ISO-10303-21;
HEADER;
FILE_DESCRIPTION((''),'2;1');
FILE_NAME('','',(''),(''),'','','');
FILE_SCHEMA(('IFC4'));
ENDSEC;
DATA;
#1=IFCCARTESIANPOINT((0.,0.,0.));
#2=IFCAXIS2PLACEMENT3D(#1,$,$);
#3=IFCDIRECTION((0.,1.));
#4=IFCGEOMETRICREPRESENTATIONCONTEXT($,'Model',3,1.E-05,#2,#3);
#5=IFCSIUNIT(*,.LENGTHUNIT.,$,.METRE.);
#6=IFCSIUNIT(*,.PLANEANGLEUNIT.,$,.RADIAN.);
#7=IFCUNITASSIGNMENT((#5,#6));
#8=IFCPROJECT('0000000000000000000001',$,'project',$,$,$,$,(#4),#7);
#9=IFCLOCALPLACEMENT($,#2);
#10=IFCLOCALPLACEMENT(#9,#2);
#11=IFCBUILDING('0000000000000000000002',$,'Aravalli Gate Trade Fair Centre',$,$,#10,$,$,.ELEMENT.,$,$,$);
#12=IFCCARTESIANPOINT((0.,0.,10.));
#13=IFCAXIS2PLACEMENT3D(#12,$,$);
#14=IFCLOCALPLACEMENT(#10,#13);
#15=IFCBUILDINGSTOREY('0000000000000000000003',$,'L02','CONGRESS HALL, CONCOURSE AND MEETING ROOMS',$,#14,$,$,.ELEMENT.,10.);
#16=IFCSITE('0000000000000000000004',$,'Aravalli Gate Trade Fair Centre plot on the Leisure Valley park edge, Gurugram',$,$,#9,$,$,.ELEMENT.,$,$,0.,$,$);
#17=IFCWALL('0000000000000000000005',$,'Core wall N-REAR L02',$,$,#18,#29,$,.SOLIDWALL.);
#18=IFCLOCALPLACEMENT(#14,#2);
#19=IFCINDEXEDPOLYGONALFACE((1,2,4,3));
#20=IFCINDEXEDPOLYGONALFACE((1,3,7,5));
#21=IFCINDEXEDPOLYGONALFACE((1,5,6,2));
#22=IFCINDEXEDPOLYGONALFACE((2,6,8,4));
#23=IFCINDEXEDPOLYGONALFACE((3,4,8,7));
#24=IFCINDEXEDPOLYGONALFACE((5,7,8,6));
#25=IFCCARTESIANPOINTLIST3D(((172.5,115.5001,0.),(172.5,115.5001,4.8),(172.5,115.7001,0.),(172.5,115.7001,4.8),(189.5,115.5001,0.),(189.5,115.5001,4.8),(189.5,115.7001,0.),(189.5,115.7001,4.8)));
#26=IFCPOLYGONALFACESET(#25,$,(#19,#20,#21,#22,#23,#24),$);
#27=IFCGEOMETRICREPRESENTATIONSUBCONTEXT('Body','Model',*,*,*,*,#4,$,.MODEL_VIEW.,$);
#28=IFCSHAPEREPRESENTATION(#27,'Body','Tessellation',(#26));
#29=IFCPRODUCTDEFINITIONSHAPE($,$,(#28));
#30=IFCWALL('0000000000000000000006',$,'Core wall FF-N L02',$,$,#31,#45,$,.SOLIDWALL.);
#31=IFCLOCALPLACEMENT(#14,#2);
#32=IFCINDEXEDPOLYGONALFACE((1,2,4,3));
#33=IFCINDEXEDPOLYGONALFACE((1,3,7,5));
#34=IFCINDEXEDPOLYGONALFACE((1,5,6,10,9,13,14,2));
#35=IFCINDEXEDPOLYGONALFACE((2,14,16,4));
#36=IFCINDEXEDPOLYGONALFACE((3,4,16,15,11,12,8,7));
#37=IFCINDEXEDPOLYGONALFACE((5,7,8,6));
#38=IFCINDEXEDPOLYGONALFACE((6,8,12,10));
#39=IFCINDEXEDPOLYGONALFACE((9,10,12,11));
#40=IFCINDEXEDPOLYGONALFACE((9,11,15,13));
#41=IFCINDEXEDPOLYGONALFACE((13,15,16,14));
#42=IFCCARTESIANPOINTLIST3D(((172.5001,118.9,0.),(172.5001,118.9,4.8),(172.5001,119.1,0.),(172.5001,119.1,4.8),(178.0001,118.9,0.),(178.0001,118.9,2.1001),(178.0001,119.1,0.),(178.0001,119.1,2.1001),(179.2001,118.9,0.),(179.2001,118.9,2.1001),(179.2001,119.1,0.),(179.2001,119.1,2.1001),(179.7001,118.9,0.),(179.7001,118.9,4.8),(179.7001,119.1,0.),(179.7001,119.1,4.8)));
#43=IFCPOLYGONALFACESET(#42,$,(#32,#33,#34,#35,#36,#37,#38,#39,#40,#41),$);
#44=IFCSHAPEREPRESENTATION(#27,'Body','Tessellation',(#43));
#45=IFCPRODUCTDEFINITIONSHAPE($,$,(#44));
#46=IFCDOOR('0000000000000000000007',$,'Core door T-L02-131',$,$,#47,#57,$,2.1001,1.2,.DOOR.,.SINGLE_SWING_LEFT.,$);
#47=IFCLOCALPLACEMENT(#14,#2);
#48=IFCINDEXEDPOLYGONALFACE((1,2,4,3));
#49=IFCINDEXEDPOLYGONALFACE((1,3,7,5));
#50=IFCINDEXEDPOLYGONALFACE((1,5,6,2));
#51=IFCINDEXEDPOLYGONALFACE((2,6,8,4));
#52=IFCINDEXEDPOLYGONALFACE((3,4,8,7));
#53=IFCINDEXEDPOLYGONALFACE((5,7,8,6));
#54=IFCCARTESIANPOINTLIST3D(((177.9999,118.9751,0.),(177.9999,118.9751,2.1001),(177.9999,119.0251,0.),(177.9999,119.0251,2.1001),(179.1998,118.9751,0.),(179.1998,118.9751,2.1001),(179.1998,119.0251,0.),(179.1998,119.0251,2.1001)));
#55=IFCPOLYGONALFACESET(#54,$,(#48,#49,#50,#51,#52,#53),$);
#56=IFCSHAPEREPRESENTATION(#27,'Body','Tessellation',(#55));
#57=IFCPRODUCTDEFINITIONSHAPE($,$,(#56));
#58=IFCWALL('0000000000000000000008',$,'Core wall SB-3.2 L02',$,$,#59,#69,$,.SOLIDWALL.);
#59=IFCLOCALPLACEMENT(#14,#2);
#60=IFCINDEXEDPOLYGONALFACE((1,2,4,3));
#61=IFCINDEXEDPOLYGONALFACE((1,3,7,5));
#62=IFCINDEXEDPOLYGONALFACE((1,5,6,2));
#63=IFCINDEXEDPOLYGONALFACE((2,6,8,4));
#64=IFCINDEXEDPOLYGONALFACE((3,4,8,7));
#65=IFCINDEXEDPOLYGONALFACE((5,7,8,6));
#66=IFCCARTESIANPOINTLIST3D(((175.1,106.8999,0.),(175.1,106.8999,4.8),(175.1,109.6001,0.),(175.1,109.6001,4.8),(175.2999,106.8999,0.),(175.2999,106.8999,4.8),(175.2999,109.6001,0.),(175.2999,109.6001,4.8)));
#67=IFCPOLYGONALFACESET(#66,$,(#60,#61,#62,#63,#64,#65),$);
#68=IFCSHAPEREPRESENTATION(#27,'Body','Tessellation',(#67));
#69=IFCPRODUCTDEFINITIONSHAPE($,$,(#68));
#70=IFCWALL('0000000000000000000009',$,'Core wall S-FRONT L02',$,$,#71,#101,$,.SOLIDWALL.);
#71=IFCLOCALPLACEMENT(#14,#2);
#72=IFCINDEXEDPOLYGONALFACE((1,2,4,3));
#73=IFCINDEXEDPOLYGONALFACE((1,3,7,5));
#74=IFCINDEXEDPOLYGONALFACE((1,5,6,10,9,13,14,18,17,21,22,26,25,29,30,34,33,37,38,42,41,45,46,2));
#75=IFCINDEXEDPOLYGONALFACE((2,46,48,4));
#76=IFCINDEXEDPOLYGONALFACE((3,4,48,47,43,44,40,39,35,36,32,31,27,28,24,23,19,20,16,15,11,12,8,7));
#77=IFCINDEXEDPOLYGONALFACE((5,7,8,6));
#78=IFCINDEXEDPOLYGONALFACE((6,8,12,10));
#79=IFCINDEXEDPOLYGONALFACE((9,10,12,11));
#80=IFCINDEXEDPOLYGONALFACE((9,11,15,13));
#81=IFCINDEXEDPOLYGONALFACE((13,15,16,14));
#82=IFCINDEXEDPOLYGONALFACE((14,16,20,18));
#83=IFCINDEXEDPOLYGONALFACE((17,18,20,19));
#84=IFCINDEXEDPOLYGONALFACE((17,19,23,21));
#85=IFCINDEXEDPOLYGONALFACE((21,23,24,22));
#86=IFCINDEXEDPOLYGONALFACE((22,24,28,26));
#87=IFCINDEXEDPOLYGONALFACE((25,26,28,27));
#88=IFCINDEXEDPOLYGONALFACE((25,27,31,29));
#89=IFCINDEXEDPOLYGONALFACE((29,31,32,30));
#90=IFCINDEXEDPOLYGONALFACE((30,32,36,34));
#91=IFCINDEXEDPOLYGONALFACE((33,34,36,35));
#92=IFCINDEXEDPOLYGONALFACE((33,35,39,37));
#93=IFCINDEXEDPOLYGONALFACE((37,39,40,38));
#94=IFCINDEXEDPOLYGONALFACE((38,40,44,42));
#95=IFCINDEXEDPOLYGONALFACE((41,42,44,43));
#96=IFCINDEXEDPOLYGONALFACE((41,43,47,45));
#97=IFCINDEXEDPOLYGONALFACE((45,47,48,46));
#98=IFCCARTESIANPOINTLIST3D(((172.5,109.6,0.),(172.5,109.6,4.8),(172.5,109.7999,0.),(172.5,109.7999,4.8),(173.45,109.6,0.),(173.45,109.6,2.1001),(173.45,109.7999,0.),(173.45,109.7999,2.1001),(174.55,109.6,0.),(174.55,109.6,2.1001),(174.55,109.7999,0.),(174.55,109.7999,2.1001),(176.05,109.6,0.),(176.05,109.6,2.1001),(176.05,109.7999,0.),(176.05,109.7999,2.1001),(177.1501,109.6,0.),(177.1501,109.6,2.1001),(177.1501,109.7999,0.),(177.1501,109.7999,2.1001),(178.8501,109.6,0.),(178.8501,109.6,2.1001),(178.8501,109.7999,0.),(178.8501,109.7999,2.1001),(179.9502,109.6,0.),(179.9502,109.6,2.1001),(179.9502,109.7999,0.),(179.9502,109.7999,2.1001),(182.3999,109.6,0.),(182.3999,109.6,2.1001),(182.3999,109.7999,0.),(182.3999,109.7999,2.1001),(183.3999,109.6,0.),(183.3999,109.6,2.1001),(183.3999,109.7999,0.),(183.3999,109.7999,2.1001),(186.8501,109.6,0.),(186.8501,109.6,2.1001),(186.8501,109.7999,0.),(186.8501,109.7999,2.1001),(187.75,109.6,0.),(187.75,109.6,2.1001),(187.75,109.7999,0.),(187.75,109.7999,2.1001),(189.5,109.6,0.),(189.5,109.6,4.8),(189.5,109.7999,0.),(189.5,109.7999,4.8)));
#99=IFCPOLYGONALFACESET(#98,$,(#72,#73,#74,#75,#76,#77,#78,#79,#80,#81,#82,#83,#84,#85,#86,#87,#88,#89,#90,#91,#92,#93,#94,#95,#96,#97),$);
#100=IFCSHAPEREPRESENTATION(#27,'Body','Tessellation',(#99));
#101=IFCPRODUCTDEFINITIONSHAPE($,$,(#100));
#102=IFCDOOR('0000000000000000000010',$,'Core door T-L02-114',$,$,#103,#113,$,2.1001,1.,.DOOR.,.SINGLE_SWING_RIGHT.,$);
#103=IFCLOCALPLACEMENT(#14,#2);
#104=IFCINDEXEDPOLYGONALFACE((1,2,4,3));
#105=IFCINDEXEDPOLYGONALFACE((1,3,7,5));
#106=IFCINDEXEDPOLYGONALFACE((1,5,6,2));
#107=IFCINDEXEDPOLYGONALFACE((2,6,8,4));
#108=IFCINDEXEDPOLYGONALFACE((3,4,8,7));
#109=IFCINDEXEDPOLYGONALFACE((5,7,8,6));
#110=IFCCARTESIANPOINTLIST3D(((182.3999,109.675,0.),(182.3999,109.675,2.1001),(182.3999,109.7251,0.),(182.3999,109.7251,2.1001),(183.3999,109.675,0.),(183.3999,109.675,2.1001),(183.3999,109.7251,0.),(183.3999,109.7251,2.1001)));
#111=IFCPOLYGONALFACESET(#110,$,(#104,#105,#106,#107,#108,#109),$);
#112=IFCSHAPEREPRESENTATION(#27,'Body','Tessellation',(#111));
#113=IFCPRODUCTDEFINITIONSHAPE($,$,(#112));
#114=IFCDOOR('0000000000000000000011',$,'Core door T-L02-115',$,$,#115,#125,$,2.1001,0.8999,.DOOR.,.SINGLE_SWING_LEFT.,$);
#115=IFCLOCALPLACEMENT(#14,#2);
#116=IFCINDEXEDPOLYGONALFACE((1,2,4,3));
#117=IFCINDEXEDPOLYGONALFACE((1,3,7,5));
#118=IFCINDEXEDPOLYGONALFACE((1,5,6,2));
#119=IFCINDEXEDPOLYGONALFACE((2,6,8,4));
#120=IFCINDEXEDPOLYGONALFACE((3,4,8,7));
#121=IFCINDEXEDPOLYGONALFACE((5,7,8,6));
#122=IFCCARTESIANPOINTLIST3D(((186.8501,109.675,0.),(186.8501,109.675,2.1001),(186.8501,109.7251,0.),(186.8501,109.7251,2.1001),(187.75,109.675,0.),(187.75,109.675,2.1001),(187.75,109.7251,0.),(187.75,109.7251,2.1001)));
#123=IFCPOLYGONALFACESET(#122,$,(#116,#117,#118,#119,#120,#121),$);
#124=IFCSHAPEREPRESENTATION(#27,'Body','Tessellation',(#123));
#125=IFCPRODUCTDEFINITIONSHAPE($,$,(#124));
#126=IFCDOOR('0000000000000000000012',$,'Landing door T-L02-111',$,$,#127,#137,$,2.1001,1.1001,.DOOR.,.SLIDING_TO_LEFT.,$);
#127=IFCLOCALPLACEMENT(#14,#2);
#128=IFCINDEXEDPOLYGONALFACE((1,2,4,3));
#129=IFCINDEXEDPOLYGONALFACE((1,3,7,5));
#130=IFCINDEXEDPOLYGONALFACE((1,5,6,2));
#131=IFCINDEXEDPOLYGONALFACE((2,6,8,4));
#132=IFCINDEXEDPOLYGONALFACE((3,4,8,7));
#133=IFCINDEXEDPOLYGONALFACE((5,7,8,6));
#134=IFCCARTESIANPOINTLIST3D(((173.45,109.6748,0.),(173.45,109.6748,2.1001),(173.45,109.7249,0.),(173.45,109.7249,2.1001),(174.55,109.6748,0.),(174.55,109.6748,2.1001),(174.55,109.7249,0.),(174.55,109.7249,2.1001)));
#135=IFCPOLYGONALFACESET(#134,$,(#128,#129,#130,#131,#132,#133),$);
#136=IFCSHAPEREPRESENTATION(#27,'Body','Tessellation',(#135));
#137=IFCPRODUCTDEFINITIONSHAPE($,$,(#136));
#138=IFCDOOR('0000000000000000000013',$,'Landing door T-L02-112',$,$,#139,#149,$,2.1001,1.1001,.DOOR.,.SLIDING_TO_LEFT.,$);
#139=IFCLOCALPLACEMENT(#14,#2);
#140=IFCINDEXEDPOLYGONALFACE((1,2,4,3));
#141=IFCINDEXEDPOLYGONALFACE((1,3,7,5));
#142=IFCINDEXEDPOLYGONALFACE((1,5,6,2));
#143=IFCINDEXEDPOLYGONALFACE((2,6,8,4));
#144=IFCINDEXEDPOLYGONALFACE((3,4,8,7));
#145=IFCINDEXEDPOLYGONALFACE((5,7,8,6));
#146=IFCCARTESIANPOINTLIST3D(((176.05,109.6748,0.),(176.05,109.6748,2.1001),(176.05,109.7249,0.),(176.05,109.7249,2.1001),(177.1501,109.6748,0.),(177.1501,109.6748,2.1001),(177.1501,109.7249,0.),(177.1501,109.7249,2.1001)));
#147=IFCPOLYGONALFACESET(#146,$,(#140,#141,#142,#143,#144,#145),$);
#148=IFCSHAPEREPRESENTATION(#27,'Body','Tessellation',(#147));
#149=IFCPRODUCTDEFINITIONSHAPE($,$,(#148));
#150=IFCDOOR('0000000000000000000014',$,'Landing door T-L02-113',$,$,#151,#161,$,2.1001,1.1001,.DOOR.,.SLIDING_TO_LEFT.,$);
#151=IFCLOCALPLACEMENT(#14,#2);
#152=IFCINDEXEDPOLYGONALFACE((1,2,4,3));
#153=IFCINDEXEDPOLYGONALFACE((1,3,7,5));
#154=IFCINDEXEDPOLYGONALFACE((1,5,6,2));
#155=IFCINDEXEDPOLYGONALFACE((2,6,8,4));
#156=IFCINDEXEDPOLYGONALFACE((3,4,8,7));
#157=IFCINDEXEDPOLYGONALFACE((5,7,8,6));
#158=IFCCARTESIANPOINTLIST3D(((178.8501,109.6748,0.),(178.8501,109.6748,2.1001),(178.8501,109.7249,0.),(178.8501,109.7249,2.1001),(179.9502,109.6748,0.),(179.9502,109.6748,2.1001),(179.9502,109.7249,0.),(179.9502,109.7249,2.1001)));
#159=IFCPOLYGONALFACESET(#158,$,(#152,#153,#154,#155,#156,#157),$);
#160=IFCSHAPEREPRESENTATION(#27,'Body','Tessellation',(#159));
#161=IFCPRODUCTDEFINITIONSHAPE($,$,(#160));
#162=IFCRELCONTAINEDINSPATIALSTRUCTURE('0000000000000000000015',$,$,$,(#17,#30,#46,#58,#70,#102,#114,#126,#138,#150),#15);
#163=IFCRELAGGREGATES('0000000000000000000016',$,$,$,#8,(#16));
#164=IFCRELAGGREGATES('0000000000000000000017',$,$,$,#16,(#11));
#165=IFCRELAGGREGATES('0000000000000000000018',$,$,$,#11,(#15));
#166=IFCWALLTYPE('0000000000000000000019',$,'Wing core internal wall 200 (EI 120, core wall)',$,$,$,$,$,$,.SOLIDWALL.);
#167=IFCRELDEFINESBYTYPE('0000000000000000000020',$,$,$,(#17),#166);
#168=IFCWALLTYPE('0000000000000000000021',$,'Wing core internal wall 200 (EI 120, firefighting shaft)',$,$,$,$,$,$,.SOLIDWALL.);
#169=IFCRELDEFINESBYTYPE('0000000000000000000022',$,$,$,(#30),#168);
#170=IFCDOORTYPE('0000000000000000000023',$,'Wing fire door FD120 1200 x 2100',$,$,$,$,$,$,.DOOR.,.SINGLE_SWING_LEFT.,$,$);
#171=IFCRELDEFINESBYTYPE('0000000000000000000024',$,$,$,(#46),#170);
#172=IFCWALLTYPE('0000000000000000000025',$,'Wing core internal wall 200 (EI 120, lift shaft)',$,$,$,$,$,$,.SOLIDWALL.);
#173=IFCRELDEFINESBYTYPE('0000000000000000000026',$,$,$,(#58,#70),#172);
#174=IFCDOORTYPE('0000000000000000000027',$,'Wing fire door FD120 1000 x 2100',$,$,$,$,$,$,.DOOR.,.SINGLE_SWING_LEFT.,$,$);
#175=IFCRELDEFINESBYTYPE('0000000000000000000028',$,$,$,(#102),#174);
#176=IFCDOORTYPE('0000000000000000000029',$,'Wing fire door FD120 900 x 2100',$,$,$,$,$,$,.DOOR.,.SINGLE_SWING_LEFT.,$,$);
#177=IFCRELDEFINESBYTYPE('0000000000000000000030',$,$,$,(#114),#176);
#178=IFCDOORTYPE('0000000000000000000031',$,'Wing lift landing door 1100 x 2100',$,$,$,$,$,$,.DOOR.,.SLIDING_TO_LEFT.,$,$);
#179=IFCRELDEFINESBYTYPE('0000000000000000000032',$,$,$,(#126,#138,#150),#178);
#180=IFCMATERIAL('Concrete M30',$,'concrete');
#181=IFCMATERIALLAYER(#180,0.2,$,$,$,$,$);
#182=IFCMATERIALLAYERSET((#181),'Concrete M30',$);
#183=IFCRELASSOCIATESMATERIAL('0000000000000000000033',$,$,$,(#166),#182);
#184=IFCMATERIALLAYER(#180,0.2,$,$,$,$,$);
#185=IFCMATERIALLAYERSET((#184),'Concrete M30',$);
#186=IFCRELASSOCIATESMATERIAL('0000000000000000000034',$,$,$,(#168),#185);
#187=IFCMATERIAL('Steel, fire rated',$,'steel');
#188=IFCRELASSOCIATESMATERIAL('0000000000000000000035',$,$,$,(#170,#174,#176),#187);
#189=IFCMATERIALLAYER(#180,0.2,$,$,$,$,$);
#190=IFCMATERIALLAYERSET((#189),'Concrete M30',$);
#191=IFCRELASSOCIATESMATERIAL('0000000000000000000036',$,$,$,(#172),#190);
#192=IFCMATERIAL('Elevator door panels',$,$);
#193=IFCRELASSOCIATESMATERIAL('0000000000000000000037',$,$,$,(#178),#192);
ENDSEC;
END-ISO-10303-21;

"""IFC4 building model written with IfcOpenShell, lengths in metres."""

from ifc_helpers import new_model, si_unit, direction, frame, frame_2d, origin, place, context, subcontext, project, spatial, rectangle, extrude, material, layer, layer_set, type_object, element, fill, save


model = new_model("IFC4")

# Units and contexts
model_context = context("Model", 3, precision=1e-05, world=origin(), true_north=direction((0.0, 1.0)))
body_context = subcontext(model_context, "Body", "Model", "MODEL_VIEW")
ifc_project = project(units=[si_unit("LENGTHUNIT", "METRE"), si_unit("PLANEANGLEUNIT", "RADIAN")], contexts=[model_context])

# Site, building, storey
site_placement = place(None, origin())
site = spatial("IfcSite", under=ifc_project, at=site_placement, Name="Aravalli Gate Trade Fair Centre plot on the Leisure Valley park edge, Gurugram", CompositionType="ELEMENT", RefElevation=0.0)
building_placement = place(site_placement, origin())
building = spatial("IfcBuilding", under=site, at=building_placement, Name="Aravalli Gate Trade Fair Centre", CompositionType="ELEMENT")
storey_placement = place(building_placement, frame((0.0, 0.0, 10.0)))
storey = spatial("IfcBuildingStorey", under=building, at=storey_placement, Name="L02", Description="CONGRESS HALL, CONCOURSE AND MEETING ROOMS", CompositionType="ELEMENT", Elevation=10.0)

# Wall
ifc_material_1 = material(Name="Concrete M30", Category="concrete")
ifc_layer_1 = layer(ifc_material_1, 0.2)
ifc_layer_set_1 = layer_set([ifc_layer_1], Name="Concrete M30")
wall_type_1 = type_object("IfcWallType", Name="Wing core internal wall 200 (EI 120, core wall)", PredefinedType="SOLIDWALL", material=ifc_layer_set_1)
wall_1_placement = place(storey_placement, frame((172.5, 115.6001, 0.0), z_axis=(0.0, 0.0, 1.0), x_axis=(1.0, 0.0, 0.0)))
element("IfcWall", 1, at=wall_1_placement, inside=storey, type_object=wall_type_1, Name="Core wall N-REAR L02", PredefinedType="SOLIDWALL", context=body_context, shape_type="SweptSolid", body=[
    extrude(rectangle(XDim=17.0, YDim=0.2, at=frame_2d((8.5, 0.0))), origin(), (0.0, 0.0, 1.0), 4.8),
])

# Wall, opening, door
ifc_layer_2 = layer(ifc_material_1, 0.2)
ifc_layer_set_2 = layer_set([ifc_layer_2], Name="Concrete M30")
wall_type_2 = type_object("IfcWallType", Name="Wing core internal wall 200 (EI 120, firefighting shaft)", PredefinedType="SOLIDWALL", material=ifc_layer_set_2)
wall_2_placement = place(storey_placement, frame((172.5, 119.0, 0.0), z_axis=(0.0, 0.0, 1.0), x_axis=(1.0, 0.0, 0.0)))
wall_2 = element("IfcWall", 2, at=wall_2_placement, inside=storey, type_object=wall_type_2, Name="Core wall FF-N L02", PredefinedType="SOLIDWALL", context=body_context, shape_type="SweptSolid", body=[
    extrude(rectangle(XDim=7.2, YDim=0.2, at=frame_2d((3.6001, 0.0))), origin(), (0.0, 0.0, 1.0), 4.8),
])
opening_1_placement = place(wall_2_placement, frame((5.5, 0.0, 0.0)))
opening_1 = element("IfcOpeningElement", 3, at=opening_1_placement, cuts=wall_2, PredefinedType="OPENING", context=body_context, shape_type="SweptSolid", body=[
    extrude(rectangle(XDim=1.2, YDim=2.1001, at=frame_2d((0.6001, 1.05))), frame((0.0, 0.1099, 0.0), z_axis=(0.0, -1.0, 0.0), x_axis=(1.0, 0.0, 0.0)), (0.0, 0.0, 1.0), 0.22),
])
ifc_material_2 = material(Name="Steel, fire rated", Category="steel")
door_type_1 = type_object("IfcDoorType", Name="Wing fire door FD120 1200 x 2100", OperationType="SINGLE_SWING_LEFT", PredefinedType="DOOR", material=ifc_material_2)
door_1_placement = place(opening_1_placement, frame((1.2, 0.0, 0.0), z_axis=(0.0, 0.0, 1.0), x_axis=(-1.0, 0.0, 0.0)))
door_1 = element("IfcDoor", 4, at=door_1_placement, inside=storey, type_object=door_type_1, Name="Core door T-L02-131", OperationType="SINGLE_SWING_LEFT", OverallHeight=2.1001, OverallWidth=1.2, PredefinedType="DOOR", context=body_context, shape_type="SweptSolid", body=[
    extrude(rectangle(XDim=1.2, YDim=2.1001, at=frame_2d((0.6001, 1.05))), frame((0.0, 0.0249, 0.0), z_axis=(0.0, -1.0, 0.0), x_axis=(1.0, 0.0, 0.0)), (0.0, 0.0, 1.0), 0.05),
])
fill(opening_1, door_1)

# Wall
ifc_layer_3 = layer(ifc_material_1, 0.2)
ifc_layer_set_3 = layer_set([ifc_layer_3], Name="Concrete M30")
wall_type_3 = type_object("IfcWallType", Name="Wing core internal wall 200 (EI 120, lift shaft)", PredefinedType="SOLIDWALL", material=ifc_layer_set_3)
wall_3_placement = place(storey_placement, frame((175.2, 106.8999, 0.0), z_axis=(0.0, 0.0, 1.0), x_axis=(0.0, 1.0, 0.0)))
element("IfcWall", 5, at=wall_3_placement, inside=storey, type_object=wall_type_3, Name="Core wall SB-3.2 L02", PredefinedType="SOLIDWALL", context=body_context, shape_type="SweptSolid", body=[
    extrude(rectangle(XDim=2.7002, YDim=0.2, at=frame_2d((1.3501, 0.0))), origin(), (0.0, 0.0, 1.0), 4.8),
])

# Wall, openings, doors
wall_4_placement = place(storey_placement, frame((172.5, 109.7, 0.0), z_axis=(0.0, 0.0, 1.0), x_axis=(1.0, 0.0, 0.0)))
wall_4 = element("IfcWall", 6, at=wall_4_placement, inside=storey, type_object=wall_type_3, Name="Core wall S-FRONT L02", PredefinedType="SOLIDWALL", context=body_context, shape_type="SweptSolid", body=[
    extrude(rectangle(XDim=17.0, YDim=0.2, at=frame_2d((8.5, 0.0))), origin(), (0.0, 0.0, 1.0), 4.8),
])
opening_2_placement = place(wall_4_placement, frame((0.95, 0.0, 0.0)))
opening_2 = element("IfcOpeningElement", 7, at=opening_2_placement, cuts=wall_4, PredefinedType="OPENING", context=body_context, shape_type="SweptSolid", body=[
    extrude(rectangle(XDim=1.1001, YDim=2.1001, at=frame_2d((0.55, 1.05))), frame((0.0, 0.1099, 0.0), z_axis=(0.0, -1.0, 0.0), x_axis=(1.0, 0.0, 0.0)), (0.0, 0.0, 1.0), 0.22),
])
opening_3_placement = place(wall_4_placement, frame((3.55, 0.0, 0.0)))
opening_3 = element("IfcOpeningElement", 8, at=opening_3_placement, cuts=wall_4, PredefinedType="OPENING", context=body_context, shape_type="SweptSolid", body=[
    extrude(rectangle(XDim=1.1001, YDim=2.1001, at=frame_2d((0.55, 1.05))), frame((0.0, 0.1099, 0.0), z_axis=(0.0, -1.0, 0.0), x_axis=(1.0, 0.0, 0.0)), (0.0, 0.0, 1.0), 0.22),
])
opening_4_placement = place(wall_4_placement, frame((6.3501, 0.0, 0.0)))
opening_4 = element("IfcOpeningElement", 9, at=opening_4_placement, cuts=wall_4, PredefinedType="OPENING", context=body_context, shape_type="SweptSolid", body=[
    extrude(rectangle(XDim=1.1001, YDim=2.1001, at=frame_2d((0.55, 1.05))), frame((0.0, 0.1099, 0.0), z_axis=(0.0, -1.0, 0.0), x_axis=(1.0, 0.0, 0.0)), (0.0, 0.0, 1.0), 0.22),
])
opening_5_placement = place(wall_4_placement, frame((9.8999, 0.0, 0.0)))
opening_5 = element("IfcOpeningElement", 10, at=opening_5_placement, cuts=wall_4, PredefinedType="OPENING", context=body_context, shape_type="SweptSolid", body=[
    extrude(rectangle(XDim=1.0, YDim=2.1001, at=frame_2d((0.5, 1.05))), frame((0.0, 0.1099, 0.0), z_axis=(0.0, -1.0, 0.0), x_axis=(1.0, 0.0, 0.0)), (0.0, 0.0, 1.0), 0.22),
])
opening_6_placement = place(wall_4_placement, frame((14.3501, 0.0, 0.0)))
opening_6 = element("IfcOpeningElement", 11, at=opening_6_placement, cuts=wall_4, PredefinedType="OPENING", context=body_context, shape_type="SweptSolid", body=[
    extrude(rectangle(XDim=0.8999, YDim=2.1001, at=frame_2d((0.45, 1.05))), frame((0.0, 0.1099, 0.0), z_axis=(0.0, -1.0, 0.0), x_axis=(1.0, 0.0, 0.0)), (0.0, 0.0, 1.0), 0.22),
])
door_type_2 = type_object("IfcDoorType", Name="Wing fire door FD120 1000 x 2100", OperationType="SINGLE_SWING_LEFT", PredefinedType="DOOR", material=ifc_material_2)
door_2_placement = place(opening_5_placement, frame((1.0, 0.0, 0.0), z_axis=(0.0, 0.0, 1.0), x_axis=(-1.0, 0.0, 0.0)))
door_2 = element("IfcDoor", 12, at=door_2_placement, inside=storey, type_object=door_type_2, Name="Core door T-L02-114", OperationType="SINGLE_SWING_RIGHT", OverallHeight=2.1001, OverallWidth=1.0, PredefinedType="DOOR", context=body_context, shape_type="SweptSolid", body=[
    extrude(rectangle(XDim=1.0, YDim=2.1001, at=frame_2d((0.5, 1.05))), frame((0.0, 0.0249, 0.0), z_axis=(0.0, -1.0, 0.0), x_axis=(1.0, 0.0, 0.0)), (0.0, 0.0, 1.0), 0.05),
])
fill(opening_5, door_2)
door_type_3 = type_object("IfcDoorType", Name="Wing fire door FD120 900 x 2100", OperationType="SINGLE_SWING_LEFT", PredefinedType="DOOR", material=ifc_material_2)
door_3_placement = place(opening_6_placement, frame((0.8999, 0.0, 0.0), z_axis=(0.0, 0.0, 1.0), x_axis=(-1.0, 0.0, 0.0)))
door_3 = element("IfcDoor", 13, at=door_3_placement, inside=storey, type_object=door_type_3, Name="Core door T-L02-115", OperationType="SINGLE_SWING_LEFT", OverallHeight=2.1001, OverallWidth=0.8999, PredefinedType="DOOR", context=body_context, shape_type="SweptSolid", body=[
    extrude(rectangle(XDim=0.8999, YDim=2.1001, at=frame_2d((0.45, 1.05))), frame((0.0, 0.0249, 0.0), z_axis=(0.0, -1.0, 0.0), x_axis=(1.0, 0.0, 0.0)), (0.0, 0.0, 1.0), 0.05),
])
fill(opening_6, door_3)
ifc_material_3 = material(Name="Elevator door panels")
door_type_4 = type_object("IfcDoorType", Name="Wing lift landing door 1100 x 2100", OperationType="SLIDING_TO_LEFT", PredefinedType="DOOR", material=ifc_material_3)
door_4_placement = place(opening_2_placement, origin())
door_4 = element("IfcDoor", 14, at=door_4_placement, inside=storey, type_object=door_type_4, Name="Landing door T-L02-111", OperationType="SLIDING_TO_LEFT", OverallHeight=2.1001, OverallWidth=1.1001, PredefinedType="DOOR", context=body_context, shape_type="SweptSolid", body=[
    extrude(rectangle(XDim=1.1001, YDim=2.1001, at=frame_2d((0.55, 1.05))), frame((0.0, 0.0249, 0.0), z_axis=(0.0, -1.0, 0.0), x_axis=(1.0, 0.0, 0.0)), (0.0, 0.0, 1.0), 0.05),
])
fill(opening_2, door_4)
door_5_placement = place(opening_3_placement, origin())
door_5 = element("IfcDoor", 15, at=door_5_placement, inside=storey, type_object=door_type_4, Name="Landing door T-L02-112", OperationType="SLIDING_TO_LEFT", OverallHeight=2.1001, OverallWidth=1.1001, PredefinedType="DOOR", context=body_context, shape_type="SweptSolid", body=[
    extrude(rectangle(XDim=1.1001, YDim=2.1001, at=frame_2d((0.55, 1.05))), frame((0.0, 0.0249, 0.0), z_axis=(0.0, -1.0, 0.0), x_axis=(1.0, 0.0, 0.0)), (0.0, 0.0, 1.0), 0.05),
])
fill(opening_3, door_5)
door_6_placement = place(opening_4_placement, origin())
door_6 = element("IfcDoor", 16, at=door_6_placement, inside=storey, type_object=door_type_4, Name="Landing door T-L02-113", OperationType="SLIDING_TO_LEFT", OverallHeight=2.1001, OverallWidth=1.1001, PredefinedType="DOOR", context=body_context, shape_type="SweptSolid", body=[
    extrude(rectangle(XDim=1.1001, YDim=2.1001, at=frame_2d((0.55, 1.05))), frame((0.0, 0.0249, 0.0), z_axis=(0.0, -1.0, 0.0), x_axis=(1.0, 0.0, 0.0)), (0.0, 0.0, 1.0), 0.05),
])
fill(opening_4, door_6)

save(model, "model.ifc")
